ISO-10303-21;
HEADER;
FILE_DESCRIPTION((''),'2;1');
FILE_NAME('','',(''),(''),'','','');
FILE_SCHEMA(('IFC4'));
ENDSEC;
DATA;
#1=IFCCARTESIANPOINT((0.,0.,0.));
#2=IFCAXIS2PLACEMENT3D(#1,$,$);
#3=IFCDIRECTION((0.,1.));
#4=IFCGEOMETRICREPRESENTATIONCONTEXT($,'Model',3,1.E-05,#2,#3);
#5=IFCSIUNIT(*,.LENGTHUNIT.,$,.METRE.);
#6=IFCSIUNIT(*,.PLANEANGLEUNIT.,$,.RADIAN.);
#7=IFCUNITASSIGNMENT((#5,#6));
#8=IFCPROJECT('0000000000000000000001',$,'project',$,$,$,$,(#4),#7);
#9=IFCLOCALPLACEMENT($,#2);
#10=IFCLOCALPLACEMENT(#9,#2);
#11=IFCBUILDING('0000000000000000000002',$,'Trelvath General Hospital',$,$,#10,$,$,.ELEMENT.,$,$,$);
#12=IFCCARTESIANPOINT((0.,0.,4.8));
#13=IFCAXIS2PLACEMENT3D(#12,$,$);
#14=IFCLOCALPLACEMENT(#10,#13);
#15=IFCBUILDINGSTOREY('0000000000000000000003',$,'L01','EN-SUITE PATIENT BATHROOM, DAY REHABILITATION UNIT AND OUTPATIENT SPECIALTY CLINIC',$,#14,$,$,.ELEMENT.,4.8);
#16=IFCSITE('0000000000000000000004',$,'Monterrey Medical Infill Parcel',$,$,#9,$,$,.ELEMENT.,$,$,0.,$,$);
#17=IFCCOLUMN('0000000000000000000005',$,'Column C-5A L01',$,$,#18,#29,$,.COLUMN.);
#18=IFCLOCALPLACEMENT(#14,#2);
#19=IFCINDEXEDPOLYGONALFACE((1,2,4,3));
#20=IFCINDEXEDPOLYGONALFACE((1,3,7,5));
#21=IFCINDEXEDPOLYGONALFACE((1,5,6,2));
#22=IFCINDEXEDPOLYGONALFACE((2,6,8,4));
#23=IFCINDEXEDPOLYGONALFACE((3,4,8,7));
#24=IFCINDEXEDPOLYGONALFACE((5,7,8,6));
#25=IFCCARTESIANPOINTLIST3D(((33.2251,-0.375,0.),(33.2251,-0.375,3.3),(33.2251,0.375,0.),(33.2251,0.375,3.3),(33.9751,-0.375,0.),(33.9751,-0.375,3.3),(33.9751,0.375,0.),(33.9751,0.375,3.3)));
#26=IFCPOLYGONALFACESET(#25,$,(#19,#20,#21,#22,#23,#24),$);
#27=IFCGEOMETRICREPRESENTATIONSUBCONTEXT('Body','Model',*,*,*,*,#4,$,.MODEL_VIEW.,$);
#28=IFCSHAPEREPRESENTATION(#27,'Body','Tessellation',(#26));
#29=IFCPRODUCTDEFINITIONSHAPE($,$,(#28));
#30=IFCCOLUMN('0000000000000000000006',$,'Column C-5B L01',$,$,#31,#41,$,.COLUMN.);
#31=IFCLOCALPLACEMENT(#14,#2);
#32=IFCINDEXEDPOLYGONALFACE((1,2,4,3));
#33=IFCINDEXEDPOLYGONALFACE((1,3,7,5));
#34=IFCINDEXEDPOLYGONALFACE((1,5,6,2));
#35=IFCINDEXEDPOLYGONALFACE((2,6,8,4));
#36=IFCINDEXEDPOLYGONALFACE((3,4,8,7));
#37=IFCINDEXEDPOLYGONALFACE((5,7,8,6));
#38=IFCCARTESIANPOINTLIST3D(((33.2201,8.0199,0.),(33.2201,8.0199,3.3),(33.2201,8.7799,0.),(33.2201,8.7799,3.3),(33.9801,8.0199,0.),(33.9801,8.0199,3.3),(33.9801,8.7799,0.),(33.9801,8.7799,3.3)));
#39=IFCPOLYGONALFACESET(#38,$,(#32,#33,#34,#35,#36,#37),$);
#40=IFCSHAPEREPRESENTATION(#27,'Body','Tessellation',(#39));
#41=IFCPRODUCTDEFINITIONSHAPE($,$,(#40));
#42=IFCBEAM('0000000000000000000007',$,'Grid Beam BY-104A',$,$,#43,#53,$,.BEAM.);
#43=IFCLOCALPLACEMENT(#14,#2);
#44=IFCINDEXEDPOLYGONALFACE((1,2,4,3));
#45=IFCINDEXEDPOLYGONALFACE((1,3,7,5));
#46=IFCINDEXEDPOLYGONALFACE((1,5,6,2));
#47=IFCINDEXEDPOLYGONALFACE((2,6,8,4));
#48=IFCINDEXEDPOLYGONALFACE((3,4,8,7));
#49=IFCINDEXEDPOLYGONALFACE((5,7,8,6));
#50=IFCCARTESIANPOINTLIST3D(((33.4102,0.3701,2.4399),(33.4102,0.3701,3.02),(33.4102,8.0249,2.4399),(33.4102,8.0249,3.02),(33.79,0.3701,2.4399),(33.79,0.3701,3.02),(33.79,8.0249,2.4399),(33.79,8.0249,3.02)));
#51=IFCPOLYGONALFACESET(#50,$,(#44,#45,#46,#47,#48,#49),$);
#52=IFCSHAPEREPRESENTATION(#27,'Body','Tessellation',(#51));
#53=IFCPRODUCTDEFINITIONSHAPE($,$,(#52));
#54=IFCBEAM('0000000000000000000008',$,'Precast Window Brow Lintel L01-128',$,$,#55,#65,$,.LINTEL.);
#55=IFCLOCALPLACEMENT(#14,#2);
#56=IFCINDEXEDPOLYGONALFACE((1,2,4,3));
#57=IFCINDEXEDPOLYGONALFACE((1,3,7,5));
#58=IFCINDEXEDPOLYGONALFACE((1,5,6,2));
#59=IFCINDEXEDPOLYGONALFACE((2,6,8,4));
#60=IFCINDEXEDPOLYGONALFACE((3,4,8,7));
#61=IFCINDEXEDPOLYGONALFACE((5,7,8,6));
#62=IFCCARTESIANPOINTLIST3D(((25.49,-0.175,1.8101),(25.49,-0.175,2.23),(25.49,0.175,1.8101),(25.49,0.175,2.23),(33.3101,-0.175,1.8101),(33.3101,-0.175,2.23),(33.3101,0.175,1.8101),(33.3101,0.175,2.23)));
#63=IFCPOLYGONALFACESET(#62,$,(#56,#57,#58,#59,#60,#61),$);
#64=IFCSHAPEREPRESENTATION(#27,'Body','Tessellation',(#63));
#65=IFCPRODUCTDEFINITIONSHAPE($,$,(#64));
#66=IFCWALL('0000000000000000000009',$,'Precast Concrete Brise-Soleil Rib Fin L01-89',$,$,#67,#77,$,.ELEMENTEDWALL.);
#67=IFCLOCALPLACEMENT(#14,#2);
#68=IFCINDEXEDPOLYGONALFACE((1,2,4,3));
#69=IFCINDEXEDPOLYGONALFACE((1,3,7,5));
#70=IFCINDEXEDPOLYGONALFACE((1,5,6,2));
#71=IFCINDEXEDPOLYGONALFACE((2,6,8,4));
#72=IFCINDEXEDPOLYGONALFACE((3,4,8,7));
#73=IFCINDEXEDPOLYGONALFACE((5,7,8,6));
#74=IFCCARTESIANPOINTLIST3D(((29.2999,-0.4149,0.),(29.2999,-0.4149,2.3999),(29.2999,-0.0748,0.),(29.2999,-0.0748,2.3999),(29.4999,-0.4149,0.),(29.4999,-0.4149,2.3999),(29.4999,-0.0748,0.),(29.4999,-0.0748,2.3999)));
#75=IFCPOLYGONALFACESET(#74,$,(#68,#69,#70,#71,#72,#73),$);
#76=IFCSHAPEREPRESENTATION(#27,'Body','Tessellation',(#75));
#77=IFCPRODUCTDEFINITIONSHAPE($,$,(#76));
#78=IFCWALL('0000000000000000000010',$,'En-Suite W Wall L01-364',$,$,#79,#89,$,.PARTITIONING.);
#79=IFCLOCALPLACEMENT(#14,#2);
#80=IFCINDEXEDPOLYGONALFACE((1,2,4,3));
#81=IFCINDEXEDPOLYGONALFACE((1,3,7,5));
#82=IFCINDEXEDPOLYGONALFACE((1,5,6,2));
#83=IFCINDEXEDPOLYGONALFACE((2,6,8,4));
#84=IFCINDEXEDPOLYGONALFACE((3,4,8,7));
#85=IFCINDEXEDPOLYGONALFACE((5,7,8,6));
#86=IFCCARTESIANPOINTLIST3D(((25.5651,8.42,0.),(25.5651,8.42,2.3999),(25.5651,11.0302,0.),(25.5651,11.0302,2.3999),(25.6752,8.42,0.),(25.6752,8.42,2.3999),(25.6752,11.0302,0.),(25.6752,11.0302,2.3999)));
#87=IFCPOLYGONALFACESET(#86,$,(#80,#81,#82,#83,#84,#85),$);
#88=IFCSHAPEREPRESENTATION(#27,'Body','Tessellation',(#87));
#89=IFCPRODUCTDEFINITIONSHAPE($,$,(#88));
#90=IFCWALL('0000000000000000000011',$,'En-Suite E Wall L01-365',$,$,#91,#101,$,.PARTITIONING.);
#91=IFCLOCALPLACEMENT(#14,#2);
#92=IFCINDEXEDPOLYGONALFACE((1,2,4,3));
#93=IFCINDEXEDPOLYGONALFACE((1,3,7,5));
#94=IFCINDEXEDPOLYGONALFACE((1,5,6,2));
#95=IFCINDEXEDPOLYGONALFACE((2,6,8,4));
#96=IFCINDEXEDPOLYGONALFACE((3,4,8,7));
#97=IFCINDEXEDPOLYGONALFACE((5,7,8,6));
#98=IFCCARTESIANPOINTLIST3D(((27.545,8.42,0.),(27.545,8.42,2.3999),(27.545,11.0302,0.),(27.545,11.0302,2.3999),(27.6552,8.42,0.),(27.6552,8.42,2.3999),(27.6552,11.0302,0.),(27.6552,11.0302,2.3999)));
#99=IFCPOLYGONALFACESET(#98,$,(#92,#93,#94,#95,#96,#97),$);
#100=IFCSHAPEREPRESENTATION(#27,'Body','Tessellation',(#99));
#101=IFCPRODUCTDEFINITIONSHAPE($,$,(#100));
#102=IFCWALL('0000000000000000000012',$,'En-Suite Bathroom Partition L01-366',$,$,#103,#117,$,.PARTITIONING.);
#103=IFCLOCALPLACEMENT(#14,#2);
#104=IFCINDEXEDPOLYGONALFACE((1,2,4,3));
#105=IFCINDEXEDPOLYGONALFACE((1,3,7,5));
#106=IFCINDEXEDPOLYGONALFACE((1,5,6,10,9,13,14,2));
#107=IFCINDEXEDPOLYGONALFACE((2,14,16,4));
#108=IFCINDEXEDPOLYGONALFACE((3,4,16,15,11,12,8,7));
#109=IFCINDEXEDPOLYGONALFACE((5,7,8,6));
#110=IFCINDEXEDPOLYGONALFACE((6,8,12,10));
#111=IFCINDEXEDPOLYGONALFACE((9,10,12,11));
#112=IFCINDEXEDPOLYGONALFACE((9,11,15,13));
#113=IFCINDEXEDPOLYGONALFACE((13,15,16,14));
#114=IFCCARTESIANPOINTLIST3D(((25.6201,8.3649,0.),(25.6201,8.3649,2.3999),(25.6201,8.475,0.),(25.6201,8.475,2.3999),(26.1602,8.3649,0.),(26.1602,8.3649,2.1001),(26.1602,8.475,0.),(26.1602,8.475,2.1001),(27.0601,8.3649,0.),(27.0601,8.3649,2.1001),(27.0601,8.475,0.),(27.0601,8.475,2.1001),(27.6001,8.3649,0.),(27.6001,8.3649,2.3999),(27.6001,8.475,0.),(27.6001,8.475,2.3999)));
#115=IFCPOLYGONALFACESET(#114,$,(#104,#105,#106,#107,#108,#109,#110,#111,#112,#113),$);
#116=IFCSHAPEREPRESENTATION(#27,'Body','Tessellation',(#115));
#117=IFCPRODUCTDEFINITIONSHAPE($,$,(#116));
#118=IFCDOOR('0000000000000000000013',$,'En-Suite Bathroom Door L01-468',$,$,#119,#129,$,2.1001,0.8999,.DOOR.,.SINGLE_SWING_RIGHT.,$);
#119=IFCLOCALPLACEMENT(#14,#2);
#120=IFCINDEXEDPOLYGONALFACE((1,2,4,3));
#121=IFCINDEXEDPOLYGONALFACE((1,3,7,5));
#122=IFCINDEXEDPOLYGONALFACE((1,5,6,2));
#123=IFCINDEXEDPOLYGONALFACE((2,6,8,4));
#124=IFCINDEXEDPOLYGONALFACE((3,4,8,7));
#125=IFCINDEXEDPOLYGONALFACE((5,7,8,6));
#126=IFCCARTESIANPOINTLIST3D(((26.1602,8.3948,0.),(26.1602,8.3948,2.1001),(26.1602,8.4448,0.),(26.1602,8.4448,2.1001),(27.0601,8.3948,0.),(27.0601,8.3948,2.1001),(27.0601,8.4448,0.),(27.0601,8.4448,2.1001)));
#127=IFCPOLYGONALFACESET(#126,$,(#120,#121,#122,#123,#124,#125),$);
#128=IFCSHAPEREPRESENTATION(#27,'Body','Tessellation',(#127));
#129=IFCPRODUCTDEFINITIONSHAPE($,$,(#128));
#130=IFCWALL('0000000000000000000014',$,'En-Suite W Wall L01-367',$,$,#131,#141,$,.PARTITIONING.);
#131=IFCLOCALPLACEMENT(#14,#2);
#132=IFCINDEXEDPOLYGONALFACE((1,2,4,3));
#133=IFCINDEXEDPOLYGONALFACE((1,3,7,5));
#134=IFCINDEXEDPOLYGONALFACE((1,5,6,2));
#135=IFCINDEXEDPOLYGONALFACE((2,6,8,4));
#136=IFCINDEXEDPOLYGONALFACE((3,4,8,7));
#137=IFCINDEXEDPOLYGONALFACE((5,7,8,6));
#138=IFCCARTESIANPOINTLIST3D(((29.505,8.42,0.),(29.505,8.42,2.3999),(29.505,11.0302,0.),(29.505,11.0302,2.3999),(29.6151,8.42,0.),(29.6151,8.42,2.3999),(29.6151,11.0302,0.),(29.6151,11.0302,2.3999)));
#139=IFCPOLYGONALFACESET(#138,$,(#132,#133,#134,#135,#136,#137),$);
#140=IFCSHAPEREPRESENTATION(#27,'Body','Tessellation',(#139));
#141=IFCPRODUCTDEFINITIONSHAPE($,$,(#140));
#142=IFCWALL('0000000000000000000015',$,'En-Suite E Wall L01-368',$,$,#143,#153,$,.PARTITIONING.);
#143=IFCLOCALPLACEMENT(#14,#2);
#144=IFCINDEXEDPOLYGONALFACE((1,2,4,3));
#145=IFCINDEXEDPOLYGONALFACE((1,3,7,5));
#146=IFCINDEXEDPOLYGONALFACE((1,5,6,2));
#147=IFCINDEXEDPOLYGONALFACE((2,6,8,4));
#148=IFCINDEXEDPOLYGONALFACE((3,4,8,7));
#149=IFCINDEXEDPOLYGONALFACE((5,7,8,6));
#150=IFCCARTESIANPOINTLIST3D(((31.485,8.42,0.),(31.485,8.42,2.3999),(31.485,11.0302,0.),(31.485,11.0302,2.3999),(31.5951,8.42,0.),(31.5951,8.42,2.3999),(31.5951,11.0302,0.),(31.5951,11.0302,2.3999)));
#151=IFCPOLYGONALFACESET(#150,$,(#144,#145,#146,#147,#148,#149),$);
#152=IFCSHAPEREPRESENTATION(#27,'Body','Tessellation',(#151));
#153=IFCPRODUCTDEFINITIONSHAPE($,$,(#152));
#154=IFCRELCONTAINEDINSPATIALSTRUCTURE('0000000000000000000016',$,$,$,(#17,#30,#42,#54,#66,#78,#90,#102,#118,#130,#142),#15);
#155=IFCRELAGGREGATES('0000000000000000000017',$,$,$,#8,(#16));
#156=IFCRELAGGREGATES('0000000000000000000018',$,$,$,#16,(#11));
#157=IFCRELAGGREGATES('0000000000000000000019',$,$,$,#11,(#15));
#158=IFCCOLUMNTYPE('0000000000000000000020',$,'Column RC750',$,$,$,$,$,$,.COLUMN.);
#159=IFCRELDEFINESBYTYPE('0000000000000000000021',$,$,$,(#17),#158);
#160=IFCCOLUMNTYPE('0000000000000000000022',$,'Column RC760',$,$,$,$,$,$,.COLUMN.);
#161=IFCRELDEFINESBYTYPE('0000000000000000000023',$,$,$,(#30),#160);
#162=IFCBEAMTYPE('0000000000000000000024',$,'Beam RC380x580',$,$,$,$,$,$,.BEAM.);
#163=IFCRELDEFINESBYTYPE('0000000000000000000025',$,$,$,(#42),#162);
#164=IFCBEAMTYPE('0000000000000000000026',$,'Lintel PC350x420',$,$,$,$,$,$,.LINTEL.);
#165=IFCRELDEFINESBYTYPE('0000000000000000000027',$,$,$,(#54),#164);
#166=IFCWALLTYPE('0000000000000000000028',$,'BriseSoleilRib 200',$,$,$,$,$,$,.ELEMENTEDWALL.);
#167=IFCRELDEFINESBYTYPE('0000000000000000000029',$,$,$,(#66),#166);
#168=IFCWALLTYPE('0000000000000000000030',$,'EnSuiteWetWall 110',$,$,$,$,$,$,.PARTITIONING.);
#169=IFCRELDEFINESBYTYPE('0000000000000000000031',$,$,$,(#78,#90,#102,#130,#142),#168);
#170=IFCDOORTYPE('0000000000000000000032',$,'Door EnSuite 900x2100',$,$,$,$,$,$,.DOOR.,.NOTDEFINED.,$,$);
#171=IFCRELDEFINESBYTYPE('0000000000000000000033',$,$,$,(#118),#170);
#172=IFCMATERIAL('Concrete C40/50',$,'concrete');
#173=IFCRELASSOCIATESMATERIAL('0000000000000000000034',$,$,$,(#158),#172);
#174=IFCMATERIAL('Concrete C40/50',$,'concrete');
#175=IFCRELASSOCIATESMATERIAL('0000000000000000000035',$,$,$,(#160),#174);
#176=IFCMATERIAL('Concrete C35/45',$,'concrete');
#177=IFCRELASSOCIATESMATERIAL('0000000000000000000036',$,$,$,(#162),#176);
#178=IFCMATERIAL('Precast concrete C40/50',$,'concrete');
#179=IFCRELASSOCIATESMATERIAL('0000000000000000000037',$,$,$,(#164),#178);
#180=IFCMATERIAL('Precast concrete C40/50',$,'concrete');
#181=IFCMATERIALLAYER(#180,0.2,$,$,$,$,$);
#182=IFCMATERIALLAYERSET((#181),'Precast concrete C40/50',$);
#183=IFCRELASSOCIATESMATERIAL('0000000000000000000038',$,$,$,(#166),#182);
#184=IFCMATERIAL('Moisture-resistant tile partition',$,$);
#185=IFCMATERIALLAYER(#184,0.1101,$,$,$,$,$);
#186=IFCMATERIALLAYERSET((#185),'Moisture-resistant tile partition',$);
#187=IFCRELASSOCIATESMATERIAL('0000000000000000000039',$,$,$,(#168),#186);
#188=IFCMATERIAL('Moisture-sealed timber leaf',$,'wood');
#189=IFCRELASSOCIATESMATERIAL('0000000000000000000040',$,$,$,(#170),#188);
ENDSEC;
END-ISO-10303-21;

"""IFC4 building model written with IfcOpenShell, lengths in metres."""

from ifc_helpers import new_model, si_unit, direction, frame, frame_2d, origin, origin_2d, place, context, subcontext, project, spatial, rectangle, extrude, material, layer, layer_set, material_profile, profile_set, type_object, element, fill, save


model = new_model("IFC4")

# Units and contexts
model_context = context("Model", 3, precision=1e-05, world=origin(), true_north=direction((0.0, 1.0)))
body_context = subcontext(model_context, "Body", "Model", "MODEL_VIEW")
ifc_project = project(units=[si_unit("LENGTHUNIT", "METRE"), si_unit("PLANEANGLEUNIT", "RADIAN")], contexts=[model_context])

# Site, building, storey
site_placement = place(None, origin())
site = spatial("IfcSite", under=ifc_project, at=site_placement, Name="Monterrey Medical Infill Parcel", CompositionType="ELEMENT", RefElevation=0.0)
building_placement = place(site_placement, origin())
building = spatial("IfcBuilding", under=site, at=building_placement, Name="Trelvath General Hospital", CompositionType="ELEMENT")
storey_placement = place(building_placement, frame((0.0, 0.0, 4.8)))
storey = spatial("IfcBuildingStorey", under=building, at=storey_placement, Name="L01", Description="EN-SUITE PATIENT BATHROOM, DAY REHABILITATION UNIT AND OUTPATIENT SPECIALTY CLINIC", CompositionType="ELEMENT", Elevation=4.8)

# Columns
ifc_material_1 = material(Name="Concrete C40/50", Category="concrete")
ifc_material_profile_1 = material_profile(ifc_material_1, rectangle(XDim=0.75, YDim=0.75, at=origin_2d()), Name="RC750x750")
ifc_profile_set_1 = profile_set([ifc_material_profile_1], Name="Concrete C40/50")
column_type_1 = type_object("IfcColumnType", Name="Column RC750", PredefinedType="COLUMN", material=ifc_profile_set_1)
column_1_placement = place(storey_placement, frame((33.6001, 0.0, 0.0), z_axis=(0.0, 0.0, 1.0), x_axis=(1.0, 0.0, 0.0)))
element("IfcColumn", 1, at=column_1_placement, inside=storey, type_object=column_type_1, Name="Column C-5A L01", PredefinedType="COLUMN", context=body_context, shape_type="SweptSolid", body=[
    extrude(rectangle(XDim=0.75, YDim=0.75, at=origin_2d()), origin(), (0.0, 0.0, 1.0), 3.3),
])
ifc_material_2 = material(Name="Concrete C40/50", Category="concrete")
ifc_material_profile_2 = material_profile(ifc_material_2, rectangle(XDim=0.76, YDim=0.76, at=origin_2d()), Name="RC760x760")
ifc_profile_set_2 = profile_set([ifc_material_profile_2], Name="Concrete C40/50")
column_type_2 = type_object("IfcColumnType", Name="Column RC760", PredefinedType="COLUMN", material=ifc_profile_set_2)
column_2_placement = place(storey_placement, frame((33.6001, 8.3999, 0.0), z_axis=(0.0, 0.0, 1.0), x_axis=(1.0, 0.0, 0.0)))
element("IfcColumn", 2, at=column_2_placement, inside=storey, type_object=column_type_2, Name="Column C-5B L01", PredefinedType="COLUMN", context=body_context, shape_type="SweptSolid", body=[
    extrude(rectangle(XDim=0.76, YDim=0.76, at=origin_2d()), origin(), (0.0, 0.0, 1.0), 3.3),
])

# Beams
ifc_material_3 = material(Name="Concrete C35/45", Category="concrete")
ifc_material_profile_3 = material_profile(ifc_material_3, rectangle(XDim=0.3799, YDim=0.5801, at=origin_2d()), Name="RCB380x580")
ifc_profile_set_3 = profile_set([ifc_material_profile_3], Name="Concrete C35/45")
beam_type_1 = type_object("IfcBeamType", Name="Beam RC380x580", PredefinedType="BEAM", material=ifc_profile_set_3)
beam_1_placement = place(storey_placement, frame((33.6001, 0.3701, 2.73), z_axis=(0.0, 1.0, 0.0), x_axis=(-1.0, 0.0, 0.0)))
element("IfcBeam", 3, at=beam_1_placement, inside=storey, type_object=beam_type_1, Name="Grid Beam BY-104A", PredefinedType="BEAM", context=body_context, shape_type="SweptSolid", body=[
    extrude(rectangle(XDim=0.3799, YDim=0.5801, at=origin_2d()), origin(), (0.0, 0.0, 1.0), 7.6548),
])
ifc_material_4 = material(Name="Precast concrete C40/50", Category="concrete")
ifc_material_profile_4 = material_profile(ifc_material_4, rectangle(XDim=0.3501, YDim=0.4199, at=origin_2d()), Name="PCL350x420")
ifc_profile_set_4 = profile_set([ifc_material_profile_4], Name="Precast concrete C40/50")
beam_type_2 = type_object("IfcBeamType", Name="Lintel PC350x420", PredefinedType="LINTEL", material=ifc_profile_set_4)
beam_2_placement = place(storey_placement, frame((33.3101, 0.0, 2.02), z_axis=(-1.0, 0.0, 0.0), x_axis=(0.0, -1.0, 0.0)))
element("IfcBeam", 4, at=beam_2_placement, inside=storey, type_object=beam_type_2, Name="Precast Window Brow Lintel L01-128", PredefinedType="LINTEL", context=body_context, shape_type="SweptSolid", body=[
    extrude(rectangle(XDim=0.3501, YDim=0.4199, at=origin_2d()), origin(), (0.0, 0.0, 1.0), 7.8201),
])

# Walls
ifc_material_5 = material(Name="Precast concrete C40/50", Category="concrete")
ifc_layer_1 = layer(ifc_material_5, 0.2)
ifc_layer_set_1 = layer_set([ifc_layer_1], Name="Precast concrete C40/50")
wall_type_1 = type_object("IfcWallType", Name="BriseSoleilRib 200", PredefinedType="ELEMENTEDWALL", material=ifc_layer_set_1)
wall_1_placement = place(storey_placement, frame((29.3999, -0.075, 0.0), z_axis=(0.0, 0.0, 1.0), x_axis=(0.0, -1.0, 0.0)))
element("IfcWall", 5, at=wall_1_placement, inside=storey, type_object=wall_type_1, Name="Precast Concrete Brise-Soleil Rib Fin L01-89", PredefinedType="ELEMENTEDWALL", context=body_context, shape_type="SweptSolid", body=[
    extrude(rectangle(XDim=0.3401, YDim=0.2, at=frame_2d((0.1699, 0.0))), origin(), (0.0, 0.0, 1.0), 2.3999),
])
ifc_material_6 = material(Name="Moisture-resistant tile partition")
ifc_layer_2 = layer(ifc_material_6, 0.1101)
ifc_layer_set_2 = layer_set([ifc_layer_2], Name="Moisture-resistant tile partition")
wall_type_2 = type_object("IfcWallType", Name="EnSuiteWetWall 110", PredefinedType="PARTITIONING", material=ifc_layer_set_2)
for number, where, z_axis, x_axis, name in (
    (6, (25.6201, 8.4199, 0.0), (0.0, 0.0, 1.0), (0.0, 1.0, 0.0), "En-Suite W Wall L01-364"),
    (7, (27.6001, 8.4199, 0.0), (0.0, 0.0, 1.0), (0.0, 1.0, 0.0), "En-Suite E Wall L01-365"),
):
    element("IfcWall", number, at=place(storey_placement, frame(where, z_axis=z_axis, x_axis=x_axis)), inside=storey, type_object=wall_type_2, Name=name, PredefinedType="PARTITIONING", context=body_context, shape_type="SweptSolid", body=[
        extrude(rectangle(XDim=2.6101, YDim=0.1101, at=frame_2d((1.3052, 0.0))), origin(), (0.0, 0.0, 1.0), 2.3999),
    ])

# Wall, opening, door
wall_2_placement = place(storey_placement, frame((25.6201, 8.4199, 0.0), z_axis=(0.0, 0.0, 1.0), x_axis=(1.0, 0.0, 0.0)))
wall_2 = element("IfcWall", 8, at=wall_2_placement, inside=storey, type_object=wall_type_2, Name="En-Suite Bathroom Partition L01-366", PredefinedType="PARTITIONING", context=body_context, shape_type="SweptSolid", body=[
    extrude(rectangle(XDim=1.98, YDim=0.1101, at=frame_2d((0.99, 0.0))), origin(), (0.0, 0.0, 1.0), 2.3999),
])
opening_1_placement = place(wall_2_placement, frame((0.54, 0.0, 0.0)))
opening_1 = element("IfcOpeningElement", 9, at=opening_1_placement, cuts=wall_2, PredefinedType="OPENING", context=body_context, shape_type="SweptSolid", body=[
    extrude(rectangle(XDim=0.8999, YDim=2.1001, at=frame_2d((0.45, 1.05))), frame((0.0, 0.0649, 0.0), z_axis=(0.0, -1.0, 0.0), x_axis=(1.0, 0.0, 0.0)), (0.0, 0.0, 1.0), 0.1301),
])
ifc_material_7 = material(Name="Moisture-sealed timber leaf", Category="wood")
door_type = type_object("IfcDoorType", Name="Door EnSuite 900x2100", OperationType="NOTDEFINED", PredefinedType="DOOR", material=ifc_material_7)
door_1_placement = place(opening_1_placement, origin())
door_1 = element("IfcDoor", 10, at=door_1_placement, inside=storey, type_object=door_type, Name="En-Suite Bathroom Door L01-468", OperationType="SINGLE_SWING_RIGHT", OverallHeight=2.1001, OverallWidth=0.8999, PredefinedType="DOOR", context=body_context, shape_type="SweptSolid", body=[
    extrude(rectangle(XDim=0.8999, YDim=2.1001, at=frame_2d((0.45, 1.05))), frame((0.0, 0.0249, 0.0), z_axis=(0.0, -1.0, 0.0), x_axis=(1.0, 0.0, 0.0)), (0.0, 0.0, 1.0), 0.05),
])
fill(opening_1, door_1)

# Walls
for number, where, z_axis, x_axis, name in (
    (11, (29.5601, 8.4199, 0.0), (0.0, 0.0, 1.0), (0.0, 1.0, 0.0), "En-Suite W Wall L01-367"),
    (12, (31.54, 8.4199, 0.0), (0.0, 0.0, 1.0), (0.0, 1.0, 0.0), "En-Suite E Wall L01-368"),
):
    element("IfcWall", number, at=place(storey_placement, frame(where, z_axis=z_axis, x_axis=x_axis)), inside=storey, type_object=wall_type_2, Name=name, PredefinedType="PARTITIONING", context=body_context, shape_type="SweptSolid", body=[
        extrude(rectangle(XDim=2.6101, YDim=0.1101, at=frame_2d((1.3052, 0.0))), origin(), (0.0, 0.0, 1.0), 2.3999),
    ])

save(model, "model.ifc")
